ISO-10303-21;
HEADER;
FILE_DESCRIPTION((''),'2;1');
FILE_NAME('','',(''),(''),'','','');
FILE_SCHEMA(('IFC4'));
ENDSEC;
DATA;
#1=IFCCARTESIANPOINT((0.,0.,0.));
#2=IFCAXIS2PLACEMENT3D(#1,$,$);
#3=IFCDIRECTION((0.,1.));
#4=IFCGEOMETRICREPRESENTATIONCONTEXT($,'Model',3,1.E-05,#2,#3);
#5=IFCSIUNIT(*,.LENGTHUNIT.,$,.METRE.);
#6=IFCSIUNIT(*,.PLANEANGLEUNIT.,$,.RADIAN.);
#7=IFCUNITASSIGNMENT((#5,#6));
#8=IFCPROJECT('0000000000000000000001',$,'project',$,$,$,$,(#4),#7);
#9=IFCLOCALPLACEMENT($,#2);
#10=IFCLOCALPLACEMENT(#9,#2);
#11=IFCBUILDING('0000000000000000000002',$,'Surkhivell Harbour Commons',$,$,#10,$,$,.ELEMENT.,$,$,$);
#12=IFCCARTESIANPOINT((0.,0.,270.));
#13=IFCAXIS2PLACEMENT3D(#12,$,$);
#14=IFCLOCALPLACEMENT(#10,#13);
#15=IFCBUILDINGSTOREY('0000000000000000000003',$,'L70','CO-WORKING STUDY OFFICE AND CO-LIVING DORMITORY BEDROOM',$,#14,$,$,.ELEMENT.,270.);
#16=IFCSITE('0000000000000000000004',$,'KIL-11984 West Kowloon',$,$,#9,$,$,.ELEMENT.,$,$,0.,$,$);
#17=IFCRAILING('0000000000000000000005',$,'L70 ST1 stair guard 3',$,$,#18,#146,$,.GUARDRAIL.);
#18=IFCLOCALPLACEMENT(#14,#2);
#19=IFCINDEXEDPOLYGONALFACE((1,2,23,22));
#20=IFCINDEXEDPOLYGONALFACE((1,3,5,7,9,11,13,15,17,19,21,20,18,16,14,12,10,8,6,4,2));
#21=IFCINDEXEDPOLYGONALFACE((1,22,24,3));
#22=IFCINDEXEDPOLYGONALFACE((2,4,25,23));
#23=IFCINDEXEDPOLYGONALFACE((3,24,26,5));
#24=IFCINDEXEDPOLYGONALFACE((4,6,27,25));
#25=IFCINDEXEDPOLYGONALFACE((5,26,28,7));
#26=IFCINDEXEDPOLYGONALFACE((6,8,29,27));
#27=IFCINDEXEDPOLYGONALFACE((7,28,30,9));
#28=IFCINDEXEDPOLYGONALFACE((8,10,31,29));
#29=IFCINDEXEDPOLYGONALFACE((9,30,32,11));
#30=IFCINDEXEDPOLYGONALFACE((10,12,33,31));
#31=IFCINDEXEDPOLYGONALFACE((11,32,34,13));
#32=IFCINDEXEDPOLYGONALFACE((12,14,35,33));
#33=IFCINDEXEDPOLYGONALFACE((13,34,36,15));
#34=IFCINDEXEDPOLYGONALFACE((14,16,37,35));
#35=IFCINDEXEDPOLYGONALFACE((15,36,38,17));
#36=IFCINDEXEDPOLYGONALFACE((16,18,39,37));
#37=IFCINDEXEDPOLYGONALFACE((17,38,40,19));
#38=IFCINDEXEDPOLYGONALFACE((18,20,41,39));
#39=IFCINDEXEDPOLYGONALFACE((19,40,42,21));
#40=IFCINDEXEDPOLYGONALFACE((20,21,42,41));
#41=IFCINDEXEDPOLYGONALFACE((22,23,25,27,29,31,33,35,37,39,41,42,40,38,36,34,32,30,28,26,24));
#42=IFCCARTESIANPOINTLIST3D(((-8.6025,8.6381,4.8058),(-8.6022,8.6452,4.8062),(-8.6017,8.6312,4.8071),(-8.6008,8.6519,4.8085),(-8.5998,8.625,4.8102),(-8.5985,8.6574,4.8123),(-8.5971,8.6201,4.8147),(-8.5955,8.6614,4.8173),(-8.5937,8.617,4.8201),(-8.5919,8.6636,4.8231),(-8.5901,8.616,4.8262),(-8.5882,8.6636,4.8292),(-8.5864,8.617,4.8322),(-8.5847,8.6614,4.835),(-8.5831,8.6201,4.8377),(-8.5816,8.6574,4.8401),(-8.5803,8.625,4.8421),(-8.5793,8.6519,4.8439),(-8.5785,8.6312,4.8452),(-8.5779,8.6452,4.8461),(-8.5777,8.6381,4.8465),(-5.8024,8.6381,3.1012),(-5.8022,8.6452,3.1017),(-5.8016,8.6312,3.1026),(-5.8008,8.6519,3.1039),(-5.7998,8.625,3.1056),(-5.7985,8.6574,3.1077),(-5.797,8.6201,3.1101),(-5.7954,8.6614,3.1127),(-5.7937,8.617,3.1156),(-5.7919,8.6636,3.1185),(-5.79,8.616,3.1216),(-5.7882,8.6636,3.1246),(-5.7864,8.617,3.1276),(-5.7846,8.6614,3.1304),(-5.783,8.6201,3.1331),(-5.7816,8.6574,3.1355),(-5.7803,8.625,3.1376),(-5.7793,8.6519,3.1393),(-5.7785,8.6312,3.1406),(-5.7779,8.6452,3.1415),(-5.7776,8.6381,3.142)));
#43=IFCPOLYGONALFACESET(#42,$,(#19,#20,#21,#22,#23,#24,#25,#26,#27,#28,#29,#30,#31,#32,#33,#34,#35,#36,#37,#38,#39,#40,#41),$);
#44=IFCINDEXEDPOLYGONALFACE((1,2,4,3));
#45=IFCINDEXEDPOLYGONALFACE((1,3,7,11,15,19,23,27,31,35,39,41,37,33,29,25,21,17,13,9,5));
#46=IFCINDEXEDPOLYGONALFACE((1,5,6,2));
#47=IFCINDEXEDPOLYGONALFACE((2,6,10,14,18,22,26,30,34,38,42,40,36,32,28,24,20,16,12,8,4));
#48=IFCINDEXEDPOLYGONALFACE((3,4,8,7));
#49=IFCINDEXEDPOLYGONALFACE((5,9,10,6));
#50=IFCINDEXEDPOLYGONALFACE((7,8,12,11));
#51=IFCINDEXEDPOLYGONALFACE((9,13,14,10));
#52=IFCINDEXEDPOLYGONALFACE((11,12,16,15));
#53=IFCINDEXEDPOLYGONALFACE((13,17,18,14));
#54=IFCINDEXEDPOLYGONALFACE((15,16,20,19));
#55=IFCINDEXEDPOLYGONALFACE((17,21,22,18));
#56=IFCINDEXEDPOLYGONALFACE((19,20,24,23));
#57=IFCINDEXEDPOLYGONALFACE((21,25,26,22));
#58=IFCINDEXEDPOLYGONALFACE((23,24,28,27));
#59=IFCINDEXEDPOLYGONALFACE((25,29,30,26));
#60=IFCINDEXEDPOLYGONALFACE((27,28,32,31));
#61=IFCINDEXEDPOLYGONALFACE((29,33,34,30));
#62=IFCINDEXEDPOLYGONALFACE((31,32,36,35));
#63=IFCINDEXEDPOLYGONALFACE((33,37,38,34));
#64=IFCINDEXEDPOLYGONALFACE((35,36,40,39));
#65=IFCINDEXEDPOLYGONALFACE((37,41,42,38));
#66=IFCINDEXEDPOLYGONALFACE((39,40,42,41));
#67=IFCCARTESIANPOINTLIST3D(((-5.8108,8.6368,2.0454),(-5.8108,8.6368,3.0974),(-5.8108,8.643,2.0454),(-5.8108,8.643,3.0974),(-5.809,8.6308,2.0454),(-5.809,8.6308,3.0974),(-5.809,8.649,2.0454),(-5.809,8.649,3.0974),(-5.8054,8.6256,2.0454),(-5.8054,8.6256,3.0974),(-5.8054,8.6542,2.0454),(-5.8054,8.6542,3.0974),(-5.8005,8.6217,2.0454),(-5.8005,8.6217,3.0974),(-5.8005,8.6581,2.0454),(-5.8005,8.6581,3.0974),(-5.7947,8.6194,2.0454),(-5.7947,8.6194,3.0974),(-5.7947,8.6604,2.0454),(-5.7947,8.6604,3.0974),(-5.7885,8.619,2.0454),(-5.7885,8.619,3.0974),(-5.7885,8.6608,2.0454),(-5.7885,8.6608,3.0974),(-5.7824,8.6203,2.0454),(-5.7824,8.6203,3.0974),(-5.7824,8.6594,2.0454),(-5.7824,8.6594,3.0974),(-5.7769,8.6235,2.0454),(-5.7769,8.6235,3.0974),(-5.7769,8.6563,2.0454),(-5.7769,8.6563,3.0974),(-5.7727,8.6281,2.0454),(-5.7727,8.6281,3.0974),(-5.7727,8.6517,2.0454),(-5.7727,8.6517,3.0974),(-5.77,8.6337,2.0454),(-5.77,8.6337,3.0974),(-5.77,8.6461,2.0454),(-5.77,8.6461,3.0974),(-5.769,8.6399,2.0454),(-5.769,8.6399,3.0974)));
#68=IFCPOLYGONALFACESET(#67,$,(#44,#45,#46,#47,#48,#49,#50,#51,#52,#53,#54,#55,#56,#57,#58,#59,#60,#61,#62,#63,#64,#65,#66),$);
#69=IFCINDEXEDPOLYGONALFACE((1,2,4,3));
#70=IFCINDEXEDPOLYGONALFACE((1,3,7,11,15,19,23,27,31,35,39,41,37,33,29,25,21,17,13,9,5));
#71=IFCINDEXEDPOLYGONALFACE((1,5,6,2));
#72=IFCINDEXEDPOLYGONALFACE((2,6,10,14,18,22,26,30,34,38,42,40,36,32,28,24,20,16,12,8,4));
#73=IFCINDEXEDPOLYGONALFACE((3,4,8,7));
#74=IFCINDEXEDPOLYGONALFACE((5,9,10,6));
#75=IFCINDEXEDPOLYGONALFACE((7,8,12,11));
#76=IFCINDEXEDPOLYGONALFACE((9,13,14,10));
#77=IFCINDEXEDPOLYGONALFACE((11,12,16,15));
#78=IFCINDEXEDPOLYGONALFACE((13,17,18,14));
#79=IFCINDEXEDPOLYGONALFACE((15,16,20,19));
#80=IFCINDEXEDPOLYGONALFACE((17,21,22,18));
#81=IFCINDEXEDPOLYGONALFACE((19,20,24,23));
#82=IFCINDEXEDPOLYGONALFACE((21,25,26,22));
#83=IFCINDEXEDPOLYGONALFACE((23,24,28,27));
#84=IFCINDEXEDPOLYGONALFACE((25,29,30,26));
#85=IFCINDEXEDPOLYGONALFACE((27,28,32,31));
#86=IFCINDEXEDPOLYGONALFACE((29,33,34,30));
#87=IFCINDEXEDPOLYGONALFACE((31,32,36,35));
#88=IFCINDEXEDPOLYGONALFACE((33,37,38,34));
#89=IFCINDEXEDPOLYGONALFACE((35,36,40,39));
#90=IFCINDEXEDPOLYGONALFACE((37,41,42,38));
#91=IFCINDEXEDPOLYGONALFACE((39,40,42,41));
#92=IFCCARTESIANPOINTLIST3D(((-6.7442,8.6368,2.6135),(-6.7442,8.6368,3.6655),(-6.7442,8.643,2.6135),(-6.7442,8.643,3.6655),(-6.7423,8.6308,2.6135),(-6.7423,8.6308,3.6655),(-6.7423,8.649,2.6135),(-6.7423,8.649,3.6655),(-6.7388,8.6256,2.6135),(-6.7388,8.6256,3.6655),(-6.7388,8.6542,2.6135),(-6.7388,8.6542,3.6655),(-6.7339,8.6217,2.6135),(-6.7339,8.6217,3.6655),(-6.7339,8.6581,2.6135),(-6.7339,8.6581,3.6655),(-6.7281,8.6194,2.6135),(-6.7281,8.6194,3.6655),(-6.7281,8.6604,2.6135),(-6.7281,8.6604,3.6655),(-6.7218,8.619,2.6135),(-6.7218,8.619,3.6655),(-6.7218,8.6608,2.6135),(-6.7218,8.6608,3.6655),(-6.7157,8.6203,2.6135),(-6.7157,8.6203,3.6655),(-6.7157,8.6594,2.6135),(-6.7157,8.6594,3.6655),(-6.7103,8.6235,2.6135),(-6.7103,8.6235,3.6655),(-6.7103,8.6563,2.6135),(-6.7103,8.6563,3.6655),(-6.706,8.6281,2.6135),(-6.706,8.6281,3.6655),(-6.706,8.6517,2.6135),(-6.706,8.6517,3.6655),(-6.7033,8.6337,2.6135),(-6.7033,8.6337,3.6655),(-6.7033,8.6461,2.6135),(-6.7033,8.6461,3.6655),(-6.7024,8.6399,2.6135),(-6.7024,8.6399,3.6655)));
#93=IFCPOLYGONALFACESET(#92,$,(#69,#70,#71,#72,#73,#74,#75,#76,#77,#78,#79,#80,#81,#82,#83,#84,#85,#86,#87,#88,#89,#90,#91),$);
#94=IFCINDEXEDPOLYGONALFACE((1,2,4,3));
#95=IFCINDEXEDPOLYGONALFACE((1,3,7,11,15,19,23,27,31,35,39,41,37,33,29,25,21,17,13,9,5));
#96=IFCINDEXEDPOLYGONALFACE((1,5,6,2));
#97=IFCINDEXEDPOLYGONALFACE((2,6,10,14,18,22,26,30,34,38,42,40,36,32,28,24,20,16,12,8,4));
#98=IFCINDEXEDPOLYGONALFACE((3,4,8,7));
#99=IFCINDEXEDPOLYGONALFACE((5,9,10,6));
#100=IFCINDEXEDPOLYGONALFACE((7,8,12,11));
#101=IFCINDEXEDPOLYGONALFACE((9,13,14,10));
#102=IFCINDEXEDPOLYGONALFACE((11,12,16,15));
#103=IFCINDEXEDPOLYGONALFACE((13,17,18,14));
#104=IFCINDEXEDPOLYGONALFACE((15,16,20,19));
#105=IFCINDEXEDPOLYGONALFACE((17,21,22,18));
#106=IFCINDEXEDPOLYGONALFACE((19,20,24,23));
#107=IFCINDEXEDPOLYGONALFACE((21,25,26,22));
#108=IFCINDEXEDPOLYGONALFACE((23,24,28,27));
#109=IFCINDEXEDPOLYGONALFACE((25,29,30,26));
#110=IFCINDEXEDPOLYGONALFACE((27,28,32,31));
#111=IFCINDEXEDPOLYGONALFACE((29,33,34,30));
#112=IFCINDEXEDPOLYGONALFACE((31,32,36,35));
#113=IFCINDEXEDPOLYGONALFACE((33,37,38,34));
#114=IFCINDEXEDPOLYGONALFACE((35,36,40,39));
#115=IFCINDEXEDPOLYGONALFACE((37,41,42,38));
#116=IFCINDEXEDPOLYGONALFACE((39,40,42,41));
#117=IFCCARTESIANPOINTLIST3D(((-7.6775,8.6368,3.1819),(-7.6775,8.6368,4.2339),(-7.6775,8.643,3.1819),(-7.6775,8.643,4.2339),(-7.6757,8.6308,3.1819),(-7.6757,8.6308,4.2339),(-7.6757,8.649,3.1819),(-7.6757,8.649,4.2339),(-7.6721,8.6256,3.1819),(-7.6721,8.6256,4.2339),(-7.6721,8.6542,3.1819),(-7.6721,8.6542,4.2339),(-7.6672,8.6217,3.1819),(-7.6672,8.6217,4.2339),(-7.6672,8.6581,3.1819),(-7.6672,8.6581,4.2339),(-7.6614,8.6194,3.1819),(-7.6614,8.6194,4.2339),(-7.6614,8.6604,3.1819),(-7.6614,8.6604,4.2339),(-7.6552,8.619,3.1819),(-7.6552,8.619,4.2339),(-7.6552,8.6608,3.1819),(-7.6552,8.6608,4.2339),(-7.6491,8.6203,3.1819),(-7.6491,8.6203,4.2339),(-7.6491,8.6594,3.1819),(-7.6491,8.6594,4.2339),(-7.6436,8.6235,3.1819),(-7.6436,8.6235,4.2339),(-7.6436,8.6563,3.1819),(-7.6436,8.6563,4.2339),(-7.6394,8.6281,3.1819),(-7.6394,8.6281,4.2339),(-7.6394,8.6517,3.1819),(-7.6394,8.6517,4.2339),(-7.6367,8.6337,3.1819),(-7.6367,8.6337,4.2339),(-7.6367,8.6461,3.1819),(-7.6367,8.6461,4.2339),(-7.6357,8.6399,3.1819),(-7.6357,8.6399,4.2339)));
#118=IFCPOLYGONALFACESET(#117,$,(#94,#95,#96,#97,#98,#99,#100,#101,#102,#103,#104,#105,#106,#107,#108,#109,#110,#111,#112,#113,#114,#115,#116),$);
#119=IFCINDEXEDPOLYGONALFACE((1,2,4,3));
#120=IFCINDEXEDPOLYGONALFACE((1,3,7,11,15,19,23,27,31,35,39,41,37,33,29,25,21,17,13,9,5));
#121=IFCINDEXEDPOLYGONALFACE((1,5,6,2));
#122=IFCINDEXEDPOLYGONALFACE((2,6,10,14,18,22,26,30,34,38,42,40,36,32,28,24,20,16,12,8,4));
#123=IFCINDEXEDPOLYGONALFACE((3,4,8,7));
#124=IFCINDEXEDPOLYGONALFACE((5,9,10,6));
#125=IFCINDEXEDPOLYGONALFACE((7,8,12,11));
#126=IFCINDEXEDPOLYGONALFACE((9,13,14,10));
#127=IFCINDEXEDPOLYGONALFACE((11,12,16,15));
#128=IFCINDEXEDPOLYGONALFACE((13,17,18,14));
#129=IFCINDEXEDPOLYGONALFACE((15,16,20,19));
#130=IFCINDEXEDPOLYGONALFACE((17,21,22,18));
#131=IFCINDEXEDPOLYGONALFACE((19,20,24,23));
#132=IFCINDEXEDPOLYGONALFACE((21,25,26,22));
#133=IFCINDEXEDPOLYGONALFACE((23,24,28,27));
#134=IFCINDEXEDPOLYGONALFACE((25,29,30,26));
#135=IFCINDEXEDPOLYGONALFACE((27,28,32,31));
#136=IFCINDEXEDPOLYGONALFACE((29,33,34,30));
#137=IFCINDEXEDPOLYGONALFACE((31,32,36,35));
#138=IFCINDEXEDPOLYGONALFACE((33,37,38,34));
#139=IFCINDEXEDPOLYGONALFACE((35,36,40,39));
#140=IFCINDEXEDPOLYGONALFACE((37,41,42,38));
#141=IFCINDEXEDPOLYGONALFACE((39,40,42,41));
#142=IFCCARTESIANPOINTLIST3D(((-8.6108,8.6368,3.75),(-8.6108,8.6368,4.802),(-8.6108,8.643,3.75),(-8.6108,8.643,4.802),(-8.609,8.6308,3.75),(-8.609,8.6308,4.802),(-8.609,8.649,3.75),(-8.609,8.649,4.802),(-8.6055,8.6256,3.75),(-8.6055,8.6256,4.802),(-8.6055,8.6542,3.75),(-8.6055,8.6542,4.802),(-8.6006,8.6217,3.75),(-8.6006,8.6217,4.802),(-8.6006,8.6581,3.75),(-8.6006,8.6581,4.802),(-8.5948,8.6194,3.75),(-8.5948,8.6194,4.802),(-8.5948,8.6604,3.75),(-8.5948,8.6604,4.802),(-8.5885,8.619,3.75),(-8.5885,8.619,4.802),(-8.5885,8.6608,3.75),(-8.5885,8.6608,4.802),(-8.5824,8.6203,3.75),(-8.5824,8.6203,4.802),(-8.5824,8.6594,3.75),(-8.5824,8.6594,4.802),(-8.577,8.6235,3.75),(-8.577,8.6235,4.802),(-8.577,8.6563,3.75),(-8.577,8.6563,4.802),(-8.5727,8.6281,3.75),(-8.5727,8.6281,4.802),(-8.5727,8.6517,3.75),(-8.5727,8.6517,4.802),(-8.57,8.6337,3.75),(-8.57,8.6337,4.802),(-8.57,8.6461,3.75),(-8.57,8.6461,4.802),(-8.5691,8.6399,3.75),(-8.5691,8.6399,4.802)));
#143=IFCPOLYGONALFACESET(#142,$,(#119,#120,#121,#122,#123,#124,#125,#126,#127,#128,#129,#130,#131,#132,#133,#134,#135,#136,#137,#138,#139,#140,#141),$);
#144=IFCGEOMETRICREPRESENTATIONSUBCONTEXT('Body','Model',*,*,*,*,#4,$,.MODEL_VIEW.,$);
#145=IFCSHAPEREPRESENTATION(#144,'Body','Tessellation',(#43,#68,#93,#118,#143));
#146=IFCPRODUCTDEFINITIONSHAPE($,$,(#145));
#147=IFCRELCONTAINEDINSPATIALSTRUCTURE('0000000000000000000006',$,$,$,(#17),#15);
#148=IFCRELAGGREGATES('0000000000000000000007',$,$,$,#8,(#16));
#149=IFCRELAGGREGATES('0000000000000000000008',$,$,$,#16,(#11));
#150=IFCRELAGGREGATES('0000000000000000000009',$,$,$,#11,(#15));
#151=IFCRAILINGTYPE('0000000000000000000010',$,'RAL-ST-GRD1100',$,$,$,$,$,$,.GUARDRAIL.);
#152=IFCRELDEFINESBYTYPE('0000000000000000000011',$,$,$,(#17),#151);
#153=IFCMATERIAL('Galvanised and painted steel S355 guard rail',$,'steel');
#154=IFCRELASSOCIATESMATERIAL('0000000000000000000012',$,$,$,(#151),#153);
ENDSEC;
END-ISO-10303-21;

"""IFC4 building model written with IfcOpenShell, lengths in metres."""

from ifc_helpers import new_model, si_unit, direction, frame, origin, origin_2d, place, context, subcontext, project, spatial, circle, extrude, material, type_object, element, save


model = new_model("IFC4")

# Units and contexts
model_context = context("Model", 3, precision=1e-05, world=origin(), true_north=direction((0.0, 1.0)))
body_context = subcontext(model_context, "Body", "Model", "MODEL_VIEW")
ifc_project = project(units=[si_unit("LENGTHUNIT", "METRE"), si_unit("PLANEANGLEUNIT", "RADIAN")], contexts=[model_context])

# Site, building, storey
site_placement = place(None, origin())
site = spatial("IfcSite", under=ifc_project, at=site_placement, Name="KIL-11984 West Kowloon", CompositionType="ELEMENT", RefElevation=0.0)
building_placement = place(site_placement, origin())
building = spatial("IfcBuilding", under=site, at=building_placement, Name="Surkhivell Harbour Commons", CompositionType="ELEMENT")
storey_placement = place(building_placement, frame((0.0, 0.0, 270.0)))
storey = spatial("IfcBuildingStorey", under=building, at=storey_placement, Name="L70", Description="CO-WORKING STUDY OFFICE AND CO-LIVING DORMITORY BEDROOM", CompositionType="ELEMENT", Elevation=270.0)

# Railing
ifc_material_1 = material(Name="Galvanised and painted steel S355 guard rail", Category="steel")
railing_type_1 = type_object("IfcRailingType", Name="RAL-ST-GRD1100", PredefinedType="GUARDRAIL", material=ifc_material_1)
railing_1_placement = place(storey_placement, frame((-5.79, 8.6399, 2.0454)))
element("IfcRailing", 1, at=railing_1_placement, inside=storey, type_object=railing_type_1, Name="L70 ST1 stair guard 3", PredefinedType="GUARDRAIL", context=body_context, shape_type="SweptSolid", body=[
    extrude(circle(Radius=0.0239, at=origin_2d()), frame((0.0, 0.0, 1.0762), z_axis=(-0.85417, 0.0, 0.519994), x_axis=(0.0, -1.0, 0.0)), (0.0, 0.0, 1.0), 3.2781),
    extrude(circle(Radius=0.021, at=origin_2d()), origin(), (0.0, 0.0, 1.0), 1.052),
    extrude(circle(Radius=0.021, at=origin_2d()), frame((-0.9333, 0.0, 0.5681)), (0.0, 0.0, 1.0), 1.052),
    extrude(circle(Radius=0.021, at=origin_2d()), frame((-1.8667, 0.0, 1.1365)), (0.0, 0.0, 1.0), 1.052),
    extrude(circle(Radius=0.021, at=origin_2d()), frame((-2.8, 0.0, 1.7046)), (0.0, 0.0, 1.0), 1.052),
])

save(model, "model.ifc")
